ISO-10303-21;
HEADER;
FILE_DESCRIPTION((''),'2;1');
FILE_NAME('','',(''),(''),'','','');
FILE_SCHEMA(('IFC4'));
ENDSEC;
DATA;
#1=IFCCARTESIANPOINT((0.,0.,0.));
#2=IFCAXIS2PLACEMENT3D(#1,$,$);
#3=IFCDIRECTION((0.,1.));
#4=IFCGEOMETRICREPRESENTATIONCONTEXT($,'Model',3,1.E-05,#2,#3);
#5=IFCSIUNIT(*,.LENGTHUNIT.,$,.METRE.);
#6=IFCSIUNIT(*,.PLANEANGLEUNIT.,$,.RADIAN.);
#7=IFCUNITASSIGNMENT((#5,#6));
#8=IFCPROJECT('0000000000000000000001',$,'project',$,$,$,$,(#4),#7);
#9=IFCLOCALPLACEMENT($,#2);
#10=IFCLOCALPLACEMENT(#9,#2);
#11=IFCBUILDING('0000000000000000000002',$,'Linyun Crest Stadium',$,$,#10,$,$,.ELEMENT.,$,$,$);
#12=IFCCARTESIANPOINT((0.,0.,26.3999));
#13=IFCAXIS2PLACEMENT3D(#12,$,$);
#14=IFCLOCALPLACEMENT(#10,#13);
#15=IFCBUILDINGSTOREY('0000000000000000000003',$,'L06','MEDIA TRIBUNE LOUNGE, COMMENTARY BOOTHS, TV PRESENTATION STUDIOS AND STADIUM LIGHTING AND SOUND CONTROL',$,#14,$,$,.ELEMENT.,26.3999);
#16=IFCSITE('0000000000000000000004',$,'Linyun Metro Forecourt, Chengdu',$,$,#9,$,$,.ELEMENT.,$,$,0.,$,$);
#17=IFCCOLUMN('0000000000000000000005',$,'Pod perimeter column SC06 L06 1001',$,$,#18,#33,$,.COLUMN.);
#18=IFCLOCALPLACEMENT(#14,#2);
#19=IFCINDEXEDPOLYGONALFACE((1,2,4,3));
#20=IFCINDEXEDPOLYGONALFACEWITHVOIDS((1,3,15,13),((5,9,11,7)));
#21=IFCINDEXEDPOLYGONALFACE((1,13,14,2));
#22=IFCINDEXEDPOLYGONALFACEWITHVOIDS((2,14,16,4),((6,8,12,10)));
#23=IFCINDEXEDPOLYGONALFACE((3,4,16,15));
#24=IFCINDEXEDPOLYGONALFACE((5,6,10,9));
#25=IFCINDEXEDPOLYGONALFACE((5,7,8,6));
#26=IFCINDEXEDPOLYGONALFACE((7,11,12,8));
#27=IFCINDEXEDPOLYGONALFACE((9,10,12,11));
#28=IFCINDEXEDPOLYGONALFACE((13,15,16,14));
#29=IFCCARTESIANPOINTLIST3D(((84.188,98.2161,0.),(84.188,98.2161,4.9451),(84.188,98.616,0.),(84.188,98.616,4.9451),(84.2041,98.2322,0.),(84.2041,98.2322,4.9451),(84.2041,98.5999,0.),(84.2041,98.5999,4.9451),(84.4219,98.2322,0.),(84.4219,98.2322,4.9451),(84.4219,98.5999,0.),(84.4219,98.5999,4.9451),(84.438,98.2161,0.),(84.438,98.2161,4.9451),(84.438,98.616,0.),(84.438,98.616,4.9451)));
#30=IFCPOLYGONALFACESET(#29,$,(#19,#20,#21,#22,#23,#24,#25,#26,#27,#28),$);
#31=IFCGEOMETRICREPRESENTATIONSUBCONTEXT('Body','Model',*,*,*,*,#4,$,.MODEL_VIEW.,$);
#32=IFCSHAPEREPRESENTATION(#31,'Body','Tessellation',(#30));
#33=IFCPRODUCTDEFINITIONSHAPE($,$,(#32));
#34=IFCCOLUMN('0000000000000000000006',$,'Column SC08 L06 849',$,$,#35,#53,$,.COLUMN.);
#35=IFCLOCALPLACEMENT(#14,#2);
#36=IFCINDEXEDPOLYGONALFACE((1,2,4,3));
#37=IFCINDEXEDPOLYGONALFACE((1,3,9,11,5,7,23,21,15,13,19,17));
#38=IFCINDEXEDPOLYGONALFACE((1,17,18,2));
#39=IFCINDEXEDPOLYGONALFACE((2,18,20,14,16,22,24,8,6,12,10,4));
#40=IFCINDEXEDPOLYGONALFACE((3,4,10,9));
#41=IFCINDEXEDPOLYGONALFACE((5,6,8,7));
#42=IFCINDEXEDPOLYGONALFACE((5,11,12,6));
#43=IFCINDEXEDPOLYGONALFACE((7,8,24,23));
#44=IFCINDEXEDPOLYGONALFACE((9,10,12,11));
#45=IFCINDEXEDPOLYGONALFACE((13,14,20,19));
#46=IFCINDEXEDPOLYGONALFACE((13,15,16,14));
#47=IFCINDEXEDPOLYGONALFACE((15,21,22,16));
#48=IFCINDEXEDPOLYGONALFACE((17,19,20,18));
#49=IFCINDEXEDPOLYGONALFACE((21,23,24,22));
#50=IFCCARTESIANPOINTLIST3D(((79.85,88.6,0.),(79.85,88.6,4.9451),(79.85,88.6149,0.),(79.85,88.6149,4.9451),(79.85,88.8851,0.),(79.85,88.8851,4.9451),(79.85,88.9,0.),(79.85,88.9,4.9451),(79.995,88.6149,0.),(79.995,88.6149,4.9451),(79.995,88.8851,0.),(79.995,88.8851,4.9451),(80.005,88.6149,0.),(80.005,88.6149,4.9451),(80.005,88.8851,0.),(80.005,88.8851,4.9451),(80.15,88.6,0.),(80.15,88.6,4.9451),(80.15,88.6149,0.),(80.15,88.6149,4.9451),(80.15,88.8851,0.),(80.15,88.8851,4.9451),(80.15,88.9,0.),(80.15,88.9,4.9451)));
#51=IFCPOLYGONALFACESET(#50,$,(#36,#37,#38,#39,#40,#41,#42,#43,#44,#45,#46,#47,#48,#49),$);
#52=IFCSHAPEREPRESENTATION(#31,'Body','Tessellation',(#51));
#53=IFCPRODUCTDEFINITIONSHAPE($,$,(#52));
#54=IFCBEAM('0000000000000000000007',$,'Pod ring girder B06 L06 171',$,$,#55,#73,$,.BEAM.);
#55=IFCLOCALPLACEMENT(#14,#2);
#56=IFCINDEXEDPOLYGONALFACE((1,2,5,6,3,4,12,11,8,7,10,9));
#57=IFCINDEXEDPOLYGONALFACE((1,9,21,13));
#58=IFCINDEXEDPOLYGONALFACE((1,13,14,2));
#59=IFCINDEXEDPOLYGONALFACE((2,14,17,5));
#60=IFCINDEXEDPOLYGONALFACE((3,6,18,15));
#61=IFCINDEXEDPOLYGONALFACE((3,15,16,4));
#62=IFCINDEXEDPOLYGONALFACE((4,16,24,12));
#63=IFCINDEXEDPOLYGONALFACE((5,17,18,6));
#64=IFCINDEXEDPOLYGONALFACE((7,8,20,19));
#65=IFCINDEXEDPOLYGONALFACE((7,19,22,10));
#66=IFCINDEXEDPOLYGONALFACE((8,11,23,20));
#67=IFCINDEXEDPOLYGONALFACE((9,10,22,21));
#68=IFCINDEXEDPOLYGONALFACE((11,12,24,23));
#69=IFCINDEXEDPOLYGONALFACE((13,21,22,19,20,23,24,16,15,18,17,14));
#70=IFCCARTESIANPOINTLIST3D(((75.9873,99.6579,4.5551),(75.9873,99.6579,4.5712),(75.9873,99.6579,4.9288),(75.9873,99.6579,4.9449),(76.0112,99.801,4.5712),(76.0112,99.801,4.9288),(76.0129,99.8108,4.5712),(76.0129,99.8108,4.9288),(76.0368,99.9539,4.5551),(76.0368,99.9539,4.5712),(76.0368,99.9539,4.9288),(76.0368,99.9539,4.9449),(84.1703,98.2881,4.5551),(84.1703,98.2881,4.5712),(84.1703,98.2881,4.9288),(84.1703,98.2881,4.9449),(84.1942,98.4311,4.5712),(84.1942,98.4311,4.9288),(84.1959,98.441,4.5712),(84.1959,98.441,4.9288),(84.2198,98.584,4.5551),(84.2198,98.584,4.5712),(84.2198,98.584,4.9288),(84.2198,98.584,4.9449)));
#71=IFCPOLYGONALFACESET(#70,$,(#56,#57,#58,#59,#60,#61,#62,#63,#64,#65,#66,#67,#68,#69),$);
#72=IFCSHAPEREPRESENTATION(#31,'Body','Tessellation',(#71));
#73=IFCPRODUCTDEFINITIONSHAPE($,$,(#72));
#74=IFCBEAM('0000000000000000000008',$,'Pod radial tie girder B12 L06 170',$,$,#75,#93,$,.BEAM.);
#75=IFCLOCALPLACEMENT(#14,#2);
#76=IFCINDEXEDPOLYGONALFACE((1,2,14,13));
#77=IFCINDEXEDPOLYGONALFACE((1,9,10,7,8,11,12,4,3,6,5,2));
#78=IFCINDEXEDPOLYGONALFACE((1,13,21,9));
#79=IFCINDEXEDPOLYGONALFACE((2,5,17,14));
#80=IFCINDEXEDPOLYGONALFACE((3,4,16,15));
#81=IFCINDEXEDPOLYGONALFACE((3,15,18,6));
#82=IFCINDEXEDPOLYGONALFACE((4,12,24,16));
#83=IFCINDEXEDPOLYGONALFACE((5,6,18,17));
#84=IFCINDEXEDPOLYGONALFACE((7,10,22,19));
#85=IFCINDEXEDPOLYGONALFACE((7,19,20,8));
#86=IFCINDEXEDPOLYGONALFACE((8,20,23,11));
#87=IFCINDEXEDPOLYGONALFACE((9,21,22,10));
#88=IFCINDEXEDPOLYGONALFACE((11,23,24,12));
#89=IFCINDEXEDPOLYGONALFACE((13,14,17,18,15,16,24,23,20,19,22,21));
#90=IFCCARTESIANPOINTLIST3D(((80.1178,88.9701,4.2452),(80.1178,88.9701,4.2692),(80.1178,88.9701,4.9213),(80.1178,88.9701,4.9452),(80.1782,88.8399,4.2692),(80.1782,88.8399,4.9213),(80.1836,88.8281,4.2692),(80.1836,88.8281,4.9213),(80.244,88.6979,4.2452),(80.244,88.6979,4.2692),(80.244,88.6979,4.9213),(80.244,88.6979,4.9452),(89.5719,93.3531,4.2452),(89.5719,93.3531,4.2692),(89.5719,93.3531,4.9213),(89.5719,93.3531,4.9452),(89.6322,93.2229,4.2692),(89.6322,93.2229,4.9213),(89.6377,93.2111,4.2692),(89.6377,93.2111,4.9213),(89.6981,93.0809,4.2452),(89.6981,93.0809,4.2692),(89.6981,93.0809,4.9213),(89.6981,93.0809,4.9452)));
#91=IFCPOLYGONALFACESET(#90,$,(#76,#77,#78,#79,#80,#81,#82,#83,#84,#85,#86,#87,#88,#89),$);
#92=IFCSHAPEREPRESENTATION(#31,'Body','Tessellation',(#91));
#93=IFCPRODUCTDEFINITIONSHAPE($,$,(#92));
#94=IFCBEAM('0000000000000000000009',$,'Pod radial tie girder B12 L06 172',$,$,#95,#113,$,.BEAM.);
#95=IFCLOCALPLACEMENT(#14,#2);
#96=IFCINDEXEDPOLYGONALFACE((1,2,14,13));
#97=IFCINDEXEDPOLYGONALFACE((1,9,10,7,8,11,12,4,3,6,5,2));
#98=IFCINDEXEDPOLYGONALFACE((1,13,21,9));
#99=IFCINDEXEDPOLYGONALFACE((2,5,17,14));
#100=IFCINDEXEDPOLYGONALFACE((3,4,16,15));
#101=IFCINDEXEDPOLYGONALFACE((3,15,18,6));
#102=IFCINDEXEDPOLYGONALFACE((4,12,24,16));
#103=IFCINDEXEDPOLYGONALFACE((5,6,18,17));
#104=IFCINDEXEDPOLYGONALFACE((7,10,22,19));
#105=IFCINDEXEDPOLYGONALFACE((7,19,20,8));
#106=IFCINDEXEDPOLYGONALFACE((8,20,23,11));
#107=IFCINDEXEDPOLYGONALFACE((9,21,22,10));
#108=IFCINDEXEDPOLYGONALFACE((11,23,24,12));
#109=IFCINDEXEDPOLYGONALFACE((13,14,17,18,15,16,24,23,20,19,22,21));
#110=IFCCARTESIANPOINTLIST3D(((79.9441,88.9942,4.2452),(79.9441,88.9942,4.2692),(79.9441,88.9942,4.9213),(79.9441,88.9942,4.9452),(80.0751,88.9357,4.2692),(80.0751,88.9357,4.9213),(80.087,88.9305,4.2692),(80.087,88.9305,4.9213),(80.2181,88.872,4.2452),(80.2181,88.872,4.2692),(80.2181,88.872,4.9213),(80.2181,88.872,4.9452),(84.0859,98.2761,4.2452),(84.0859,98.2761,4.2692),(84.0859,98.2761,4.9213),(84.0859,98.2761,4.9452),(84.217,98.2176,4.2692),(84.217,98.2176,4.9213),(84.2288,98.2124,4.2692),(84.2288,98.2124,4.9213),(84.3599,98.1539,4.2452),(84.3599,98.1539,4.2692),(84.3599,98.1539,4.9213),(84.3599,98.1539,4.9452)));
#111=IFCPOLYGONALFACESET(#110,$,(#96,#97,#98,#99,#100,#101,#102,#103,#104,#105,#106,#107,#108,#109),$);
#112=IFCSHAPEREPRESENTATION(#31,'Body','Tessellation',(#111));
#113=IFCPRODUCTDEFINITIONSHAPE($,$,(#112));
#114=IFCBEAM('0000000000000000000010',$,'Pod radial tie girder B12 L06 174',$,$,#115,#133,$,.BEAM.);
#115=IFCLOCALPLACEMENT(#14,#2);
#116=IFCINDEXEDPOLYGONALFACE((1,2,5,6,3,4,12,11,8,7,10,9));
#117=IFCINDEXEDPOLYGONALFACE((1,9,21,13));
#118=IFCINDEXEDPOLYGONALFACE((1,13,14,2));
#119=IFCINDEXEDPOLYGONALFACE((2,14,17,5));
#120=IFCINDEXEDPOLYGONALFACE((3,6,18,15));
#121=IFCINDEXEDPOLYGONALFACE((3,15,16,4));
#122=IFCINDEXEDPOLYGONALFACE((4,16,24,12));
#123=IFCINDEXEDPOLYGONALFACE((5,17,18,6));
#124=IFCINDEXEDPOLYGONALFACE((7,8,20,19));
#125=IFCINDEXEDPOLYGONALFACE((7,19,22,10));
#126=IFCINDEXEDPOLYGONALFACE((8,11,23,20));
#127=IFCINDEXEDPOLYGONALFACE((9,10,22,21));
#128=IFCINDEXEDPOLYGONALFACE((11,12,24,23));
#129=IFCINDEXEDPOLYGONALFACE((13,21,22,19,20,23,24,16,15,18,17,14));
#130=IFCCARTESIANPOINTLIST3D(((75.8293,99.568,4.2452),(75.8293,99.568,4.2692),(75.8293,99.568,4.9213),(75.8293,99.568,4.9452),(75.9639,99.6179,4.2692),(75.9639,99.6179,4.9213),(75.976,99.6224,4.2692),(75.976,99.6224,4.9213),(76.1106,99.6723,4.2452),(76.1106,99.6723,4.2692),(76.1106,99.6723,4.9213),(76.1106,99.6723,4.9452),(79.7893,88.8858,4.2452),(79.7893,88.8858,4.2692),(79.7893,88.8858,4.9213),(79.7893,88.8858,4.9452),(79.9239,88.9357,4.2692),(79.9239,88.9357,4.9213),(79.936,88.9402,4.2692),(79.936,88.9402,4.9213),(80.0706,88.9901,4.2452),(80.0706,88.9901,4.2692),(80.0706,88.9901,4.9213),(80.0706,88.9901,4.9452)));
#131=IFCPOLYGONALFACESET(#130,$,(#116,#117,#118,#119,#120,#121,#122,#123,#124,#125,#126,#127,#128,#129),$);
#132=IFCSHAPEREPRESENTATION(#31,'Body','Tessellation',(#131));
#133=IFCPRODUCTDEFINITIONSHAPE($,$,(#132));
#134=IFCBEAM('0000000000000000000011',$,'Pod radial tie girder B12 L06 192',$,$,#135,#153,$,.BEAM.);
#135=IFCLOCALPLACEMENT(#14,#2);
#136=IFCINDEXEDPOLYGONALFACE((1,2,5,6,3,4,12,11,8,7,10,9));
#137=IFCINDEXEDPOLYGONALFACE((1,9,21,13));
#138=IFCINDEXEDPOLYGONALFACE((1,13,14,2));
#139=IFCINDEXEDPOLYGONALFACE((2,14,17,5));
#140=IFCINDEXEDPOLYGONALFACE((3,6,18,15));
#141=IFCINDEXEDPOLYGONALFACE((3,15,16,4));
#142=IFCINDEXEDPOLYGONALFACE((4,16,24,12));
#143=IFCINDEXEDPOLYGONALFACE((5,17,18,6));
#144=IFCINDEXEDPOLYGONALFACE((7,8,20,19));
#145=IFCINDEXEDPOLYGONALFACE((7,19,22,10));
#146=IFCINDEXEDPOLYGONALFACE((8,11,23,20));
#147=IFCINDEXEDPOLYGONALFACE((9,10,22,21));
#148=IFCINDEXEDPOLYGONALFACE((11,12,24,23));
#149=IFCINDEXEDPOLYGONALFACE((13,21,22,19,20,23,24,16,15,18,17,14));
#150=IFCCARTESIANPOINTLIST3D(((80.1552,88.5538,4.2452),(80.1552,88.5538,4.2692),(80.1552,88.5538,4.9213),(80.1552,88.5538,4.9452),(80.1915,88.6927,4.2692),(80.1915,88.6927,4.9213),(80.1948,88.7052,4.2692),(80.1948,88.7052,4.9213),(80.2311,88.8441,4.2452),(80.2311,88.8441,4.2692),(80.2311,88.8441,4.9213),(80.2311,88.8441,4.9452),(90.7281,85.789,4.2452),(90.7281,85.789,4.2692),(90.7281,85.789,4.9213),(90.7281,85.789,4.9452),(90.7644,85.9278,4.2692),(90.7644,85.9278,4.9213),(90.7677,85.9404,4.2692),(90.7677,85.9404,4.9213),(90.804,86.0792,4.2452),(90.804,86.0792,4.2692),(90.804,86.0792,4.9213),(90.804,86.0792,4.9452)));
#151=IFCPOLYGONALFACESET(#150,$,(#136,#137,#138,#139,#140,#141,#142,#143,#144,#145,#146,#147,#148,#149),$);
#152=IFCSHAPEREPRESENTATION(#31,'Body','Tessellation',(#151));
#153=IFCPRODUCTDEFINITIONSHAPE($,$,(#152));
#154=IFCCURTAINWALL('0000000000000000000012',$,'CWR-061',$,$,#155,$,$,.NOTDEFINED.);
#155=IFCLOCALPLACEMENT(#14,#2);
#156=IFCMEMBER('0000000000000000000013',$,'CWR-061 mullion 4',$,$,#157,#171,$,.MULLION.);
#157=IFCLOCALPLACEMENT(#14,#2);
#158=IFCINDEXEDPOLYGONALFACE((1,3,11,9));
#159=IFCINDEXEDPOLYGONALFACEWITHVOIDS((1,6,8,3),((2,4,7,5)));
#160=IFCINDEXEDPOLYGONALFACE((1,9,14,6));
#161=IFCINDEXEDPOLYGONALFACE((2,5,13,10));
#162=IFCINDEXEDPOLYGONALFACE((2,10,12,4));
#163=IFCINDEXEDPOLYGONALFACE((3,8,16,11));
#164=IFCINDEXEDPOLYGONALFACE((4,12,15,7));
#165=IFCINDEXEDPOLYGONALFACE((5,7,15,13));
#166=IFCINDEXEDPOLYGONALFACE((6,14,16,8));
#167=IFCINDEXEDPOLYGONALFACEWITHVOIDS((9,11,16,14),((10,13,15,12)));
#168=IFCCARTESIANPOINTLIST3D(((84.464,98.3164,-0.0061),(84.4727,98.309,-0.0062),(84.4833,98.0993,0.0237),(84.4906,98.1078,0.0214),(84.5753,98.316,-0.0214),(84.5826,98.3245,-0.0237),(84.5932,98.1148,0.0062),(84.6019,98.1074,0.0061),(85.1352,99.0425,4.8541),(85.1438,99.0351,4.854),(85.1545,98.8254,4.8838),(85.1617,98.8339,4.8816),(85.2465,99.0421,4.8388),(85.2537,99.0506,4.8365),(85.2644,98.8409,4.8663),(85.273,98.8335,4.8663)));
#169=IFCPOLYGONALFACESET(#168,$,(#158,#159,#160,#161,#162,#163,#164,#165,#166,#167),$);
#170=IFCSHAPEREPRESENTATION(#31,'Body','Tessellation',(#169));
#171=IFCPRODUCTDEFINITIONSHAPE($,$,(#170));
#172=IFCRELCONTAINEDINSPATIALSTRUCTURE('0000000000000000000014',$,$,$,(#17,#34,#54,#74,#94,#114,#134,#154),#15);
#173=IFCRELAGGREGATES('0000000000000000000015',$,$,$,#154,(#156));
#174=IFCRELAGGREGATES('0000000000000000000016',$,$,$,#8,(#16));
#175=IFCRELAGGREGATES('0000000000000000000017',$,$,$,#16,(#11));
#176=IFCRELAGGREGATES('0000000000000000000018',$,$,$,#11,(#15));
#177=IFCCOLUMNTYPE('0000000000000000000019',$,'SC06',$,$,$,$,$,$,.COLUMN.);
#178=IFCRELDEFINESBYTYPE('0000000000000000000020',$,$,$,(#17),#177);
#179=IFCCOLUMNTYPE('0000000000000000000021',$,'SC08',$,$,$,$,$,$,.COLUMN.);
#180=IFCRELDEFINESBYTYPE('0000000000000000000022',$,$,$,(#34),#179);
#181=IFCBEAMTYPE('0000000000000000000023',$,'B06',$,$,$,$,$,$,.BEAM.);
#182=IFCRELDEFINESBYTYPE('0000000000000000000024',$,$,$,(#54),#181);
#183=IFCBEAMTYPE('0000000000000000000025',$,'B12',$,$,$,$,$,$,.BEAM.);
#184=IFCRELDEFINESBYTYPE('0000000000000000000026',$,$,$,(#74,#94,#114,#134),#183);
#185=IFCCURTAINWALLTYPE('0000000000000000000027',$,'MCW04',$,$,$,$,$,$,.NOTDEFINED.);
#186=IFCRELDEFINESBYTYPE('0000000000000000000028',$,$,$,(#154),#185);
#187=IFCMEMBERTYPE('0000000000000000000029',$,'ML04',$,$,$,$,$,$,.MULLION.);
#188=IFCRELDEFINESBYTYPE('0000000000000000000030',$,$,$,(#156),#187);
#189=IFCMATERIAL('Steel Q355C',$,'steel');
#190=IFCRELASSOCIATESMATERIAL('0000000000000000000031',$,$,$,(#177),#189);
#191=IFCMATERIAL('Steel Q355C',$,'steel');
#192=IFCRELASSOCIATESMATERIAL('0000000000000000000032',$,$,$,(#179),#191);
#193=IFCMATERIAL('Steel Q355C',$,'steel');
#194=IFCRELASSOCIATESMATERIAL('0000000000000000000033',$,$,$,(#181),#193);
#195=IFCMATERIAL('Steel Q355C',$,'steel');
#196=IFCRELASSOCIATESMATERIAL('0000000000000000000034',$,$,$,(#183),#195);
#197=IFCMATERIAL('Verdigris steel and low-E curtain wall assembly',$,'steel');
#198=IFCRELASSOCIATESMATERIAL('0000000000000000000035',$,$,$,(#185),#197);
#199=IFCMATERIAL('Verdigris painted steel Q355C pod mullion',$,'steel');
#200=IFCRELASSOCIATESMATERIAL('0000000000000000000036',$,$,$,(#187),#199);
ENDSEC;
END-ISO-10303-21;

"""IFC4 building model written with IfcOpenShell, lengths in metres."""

from ifc_helpers import new_model, si_unit, direction, frame, origin, origin_2d, place, context, subcontext, project, spatial, hollow_rectangle, i_section, extrude, material, material_profile, profile_set, type_object, element, aggregate, save


model = new_model("IFC4")

# Units and contexts
model_context = context("Model", 3, precision=1e-05, world=origin(), true_north=direction((0.0, 1.0)))
body_context = subcontext(model_context, "Body", "Model", "MODEL_VIEW")
ifc_project = project(units=[si_unit("LENGTHUNIT", "METRE"), si_unit("PLANEANGLEUNIT", "RADIAN")], contexts=[model_context])

# Site, building, storey
site_placement = place(None, origin())
site = spatial("IfcSite", under=ifc_project, at=site_placement, Name="Linyun Metro Forecourt, Chengdu", CompositionType="ELEMENT", RefElevation=0.0)
building_placement = place(site_placement, origin())
building = spatial("IfcBuilding", under=site, at=building_placement, Name="Linyun Crest Stadium", CompositionType="ELEMENT")
storey_placement = place(building_placement, frame((0.0, 0.0, 26.3999)))
storey = spatial("IfcBuildingStorey", under=building, at=storey_placement, Name="L06", Description="MEDIA TRIBUNE LOUNGE, COMMENTARY BOOTHS, TV PRESENTATION STUDIOS AND STADIUM LIGHTING AND SOUND CONTROL", CompositionType="ELEMENT", Elevation=26.3999)

# Columns
ifc_material_1 = material(Name="Steel Q355C", Category="steel")
ifc_material_profile_1 = material_profile(ifc_material_1, hollow_rectangle(XDim=0.25, YDim=0.3999, WallThickness=0.0161, at=origin_2d()), Name="RHS 400x250x16")
ifc_profile_set_1 = profile_set([ifc_material_profile_1], Name="Steel Q355C")
column_type_1 = type_object("IfcColumnType", Name="SC06", PredefinedType="COLUMN", material=ifc_profile_set_1)
column_1_placement = place(storey_placement, frame((84.313, 98.416, 0.0), z_axis=(0.0, 0.0, 1.0), x_axis=(1.0, 0.0, 0.0)))
element("IfcColumn", 1, at=column_1_placement, inside=storey, type_object=column_type_1, Name="Pod perimeter column SC06 L06 1001", PredefinedType="COLUMN", context=body_context, shape_type="SweptSolid", body=[
    extrude(hollow_rectangle(XDim=0.25, YDim=0.3999, WallThickness=0.0161, at=origin_2d()), origin(), (0.0, 0.0, 1.0), 4.9451),
])
ifc_material_2 = material(Name="Steel Q355C", Category="steel")
ifc_material_profile_2 = material_profile(ifc_material_2, i_section(OverallWidth=0.3, OverallDepth=0.3, WebThickness=0.01, FlangeThickness=0.0149, at=origin_2d()), Name="HW 300x300")
ifc_profile_set_2 = profile_set([ifc_material_profile_2], Name="Steel Q355C")
column_type_2 = type_object("IfcColumnType", Name="SC08", PredefinedType="COLUMN", material=ifc_profile_set_2)
column_2_placement = place(storey_placement, frame((80.0, 88.75, 0.0), z_axis=(0.0, 0.0, 1.0), x_axis=(1.0, 0.0, 0.0)))
element("IfcColumn", 2, at=column_2_placement, inside=storey, type_object=column_type_2, Name="Column SC08 L06 849", PredefinedType="COLUMN", context=body_context, shape_type="SweptSolid", body=[
    extrude(i_section(OverallWidth=0.3, OverallDepth=0.3, WebThickness=0.01, FlangeThickness=0.0149, at=origin_2d()), origin(), (0.0, 0.0, 1.0), 4.9451),
])

# Beams
ifc_material_3 = material(Name="Steel Q355C", Category="steel")
ifc_material_profile_3 = material_profile(ifc_material_3, i_section(OverallWidth=0.3, OverallDepth=0.3899, WebThickness=0.01, FlangeThickness=0.0161, at=origin_2d()), Name="HM 390x300")
ifc_profile_set_3 = profile_set([ifc_material_profile_3], Name="Steel Q355C")
beam_type_1 = type_object("IfcBeamType", Name="B06", PredefinedType="BEAM", material=ifc_profile_set_3)
beam_1_placement = place(storey_placement, frame((84.1951, 98.436, 4.75), z_axis=(-0.986276, 0.165105, 0.0), x_axis=(-0.165105, -0.986276, 0.0)))
element("IfcBeam", 3, at=beam_1_placement, inside=storey, type_object=beam_type_1, Name="Pod ring girder B06 L06 171", PredefinedType="BEAM", context=body_context, shape_type="SweptSolid", body=[
    extrude(i_section(OverallWidth=0.3, OverallDepth=0.3899, WebThickness=0.01, FlangeThickness=0.0161, at=origin_2d()), origin(), (0.0, 0.0, 1.0), 8.2969),
])
ifc_material_4 = material(Name="Steel Q355C", Category="steel")
ifc_material_profile_4 = material_profile(ifc_material_4, i_section(OverallWidth=0.3, OverallDepth=0.7, WebThickness=0.0129, FlangeThickness=0.0239, at=origin_2d()), Name="HN 700x300")
ifc_profile_set_4 = profile_set([ifc_material_profile_4], Name="Steel Q355C")
beam_type_2 = type_object("IfcBeamType", Name="B12", PredefinedType="BEAM", material=ifc_profile_set_4)
beam_2_placement = place(storey_placement, frame((80.1809, 88.834, 4.5952), z_axis=(0.907241, 0.42061, 0.0), x_axis=(-0.42061, 0.907241, 0.0)))
element("IfcBeam", 4, at=beam_2_placement, inside=storey, type_object=beam_type_2, Name="Pod radial tie girder B12 L06 170", PredefinedType="BEAM", context=body_context, shape_type="SweptSolid", body=[
    extrude(i_section(OverallWidth=0.3, OverallDepth=0.7, WebThickness=0.0129, FlangeThickness=0.0239, at=origin_2d()), origin(), (0.0, 0.0, 1.0), 10.4207),
])
beam_3_placement = place(storey_placement, frame((80.0811, 88.9331, 4.5952), z_axis=(0.407495, 0.913207, 0.0), x_axis=(-0.913207, 0.407495, 0.0)))
element("IfcBeam", 5, at=beam_3_placement, inside=storey, type_object=beam_type_2, Name="Pod radial tie girder B12 L06 172", PredefinedType="BEAM", context=body_context, shape_type="SweptSolid", body=[
    extrude(i_section(OverallWidth=0.3, OverallDepth=0.7, WebThickness=0.0129, FlangeThickness=0.0239, at=origin_2d()), origin(), (0.0, 0.0, 1.0), 10.1641),
])
beam_4_placement = place(storey_placement, frame((79.9299, 88.938, 4.5952), z_axis=(-0.347594, 0.937645, 0.0), x_axis=(-0.937645, -0.347594, 0.0)))
element("IfcBeam", 6, at=beam_4_placement, inside=storey, type_object=beam_type_2, Name="Pod radial tie girder B12 L06 174", PredefinedType="BEAM", context=body_context, shape_type="SweptSolid", body=[
    extrude(i_section(OverallWidth=0.3, OverallDepth=0.7, WebThickness=0.0129, FlangeThickness=0.0239, at=origin_2d()), origin(), (0.0, 0.0, 1.0), 11.3926),
])
beam_5_placement = place(storey_placement, frame((80.1931, 88.699, 4.5952), z_axis=(0.967467, -0.252998, 0.0), x_axis=(0.252998, 0.967467, 0.0)))
element("IfcBeam", 7, at=beam_5_placement, inside=storey, type_object=beam_type_2, Name="Pod radial tie girder B12 L06 192", PredefinedType="BEAM", context=body_context, shape_type="SweptSolid", body=[
    extrude(i_section(OverallWidth=0.3, OverallDepth=0.7, WebThickness=0.0129, FlangeThickness=0.0239, at=origin_2d()), origin(), (0.0, 0.0, 1.0), 10.9285),
])

# Curtain wall, member
ifc_material_5 = material(Name="Verdigris steel and low-E curtain wall assembly", Category="steel")
curtain_wall_type = type_object("IfcCurtainWallType", Name="MCW04", PredefinedType="NOTDEFINED", material=ifc_material_5)
curtain_wall_1_placement = place(storey_placement, origin())
curtain_wall_1 = element("IfcCurtainWall", 8, at=curtain_wall_1_placement, inside=storey, type_object=curtain_wall_type, Name="CWR-061", PredefinedType="NOTDEFINED")
ifc_material_6 = material(Name="Verdigris painted steel Q355C pod mullion", Category="steel")
ifc_material_profile_5 = material_profile(ifc_material_6, hollow_rectangle(XDim=0.1201, YDim=0.22, WallThickness=0.0081, at=origin_2d()), Name="RHS 220x120x8")
ifc_profile_set_5 = profile_set([ifc_material_profile_5], Name="Verdigris painted steel Q355C pod mullion")
member_type_1 = type_object("IfcMemberType", Name="ML04", PredefinedType="MULLION", material=ifc_profile_set_5)
member_1_placement = place(storey_placement, frame((84.533, 98.2119, 0.0), z_axis=(0.13532, 0.146396, 0.979927), x_axis=(0.98691, 0.06766, -0.146392)))
member_1 = element("IfcMember", 9, at=member_1_placement, type_object=member_type_1, Name="CWR-061 mullion 4", PredefinedType="MULLION", context=body_context, shape_type="SweptSolid", body=[
    extrude(hollow_rectangle(XDim=0.1201, YDim=0.22, WallThickness=0.0081, at=origin_2d()), origin(), (0.0, 0.0, 1.0), 4.9597),
])
aggregate(curtain_wall_1, [member_1])

save(model, "model.ifc")
